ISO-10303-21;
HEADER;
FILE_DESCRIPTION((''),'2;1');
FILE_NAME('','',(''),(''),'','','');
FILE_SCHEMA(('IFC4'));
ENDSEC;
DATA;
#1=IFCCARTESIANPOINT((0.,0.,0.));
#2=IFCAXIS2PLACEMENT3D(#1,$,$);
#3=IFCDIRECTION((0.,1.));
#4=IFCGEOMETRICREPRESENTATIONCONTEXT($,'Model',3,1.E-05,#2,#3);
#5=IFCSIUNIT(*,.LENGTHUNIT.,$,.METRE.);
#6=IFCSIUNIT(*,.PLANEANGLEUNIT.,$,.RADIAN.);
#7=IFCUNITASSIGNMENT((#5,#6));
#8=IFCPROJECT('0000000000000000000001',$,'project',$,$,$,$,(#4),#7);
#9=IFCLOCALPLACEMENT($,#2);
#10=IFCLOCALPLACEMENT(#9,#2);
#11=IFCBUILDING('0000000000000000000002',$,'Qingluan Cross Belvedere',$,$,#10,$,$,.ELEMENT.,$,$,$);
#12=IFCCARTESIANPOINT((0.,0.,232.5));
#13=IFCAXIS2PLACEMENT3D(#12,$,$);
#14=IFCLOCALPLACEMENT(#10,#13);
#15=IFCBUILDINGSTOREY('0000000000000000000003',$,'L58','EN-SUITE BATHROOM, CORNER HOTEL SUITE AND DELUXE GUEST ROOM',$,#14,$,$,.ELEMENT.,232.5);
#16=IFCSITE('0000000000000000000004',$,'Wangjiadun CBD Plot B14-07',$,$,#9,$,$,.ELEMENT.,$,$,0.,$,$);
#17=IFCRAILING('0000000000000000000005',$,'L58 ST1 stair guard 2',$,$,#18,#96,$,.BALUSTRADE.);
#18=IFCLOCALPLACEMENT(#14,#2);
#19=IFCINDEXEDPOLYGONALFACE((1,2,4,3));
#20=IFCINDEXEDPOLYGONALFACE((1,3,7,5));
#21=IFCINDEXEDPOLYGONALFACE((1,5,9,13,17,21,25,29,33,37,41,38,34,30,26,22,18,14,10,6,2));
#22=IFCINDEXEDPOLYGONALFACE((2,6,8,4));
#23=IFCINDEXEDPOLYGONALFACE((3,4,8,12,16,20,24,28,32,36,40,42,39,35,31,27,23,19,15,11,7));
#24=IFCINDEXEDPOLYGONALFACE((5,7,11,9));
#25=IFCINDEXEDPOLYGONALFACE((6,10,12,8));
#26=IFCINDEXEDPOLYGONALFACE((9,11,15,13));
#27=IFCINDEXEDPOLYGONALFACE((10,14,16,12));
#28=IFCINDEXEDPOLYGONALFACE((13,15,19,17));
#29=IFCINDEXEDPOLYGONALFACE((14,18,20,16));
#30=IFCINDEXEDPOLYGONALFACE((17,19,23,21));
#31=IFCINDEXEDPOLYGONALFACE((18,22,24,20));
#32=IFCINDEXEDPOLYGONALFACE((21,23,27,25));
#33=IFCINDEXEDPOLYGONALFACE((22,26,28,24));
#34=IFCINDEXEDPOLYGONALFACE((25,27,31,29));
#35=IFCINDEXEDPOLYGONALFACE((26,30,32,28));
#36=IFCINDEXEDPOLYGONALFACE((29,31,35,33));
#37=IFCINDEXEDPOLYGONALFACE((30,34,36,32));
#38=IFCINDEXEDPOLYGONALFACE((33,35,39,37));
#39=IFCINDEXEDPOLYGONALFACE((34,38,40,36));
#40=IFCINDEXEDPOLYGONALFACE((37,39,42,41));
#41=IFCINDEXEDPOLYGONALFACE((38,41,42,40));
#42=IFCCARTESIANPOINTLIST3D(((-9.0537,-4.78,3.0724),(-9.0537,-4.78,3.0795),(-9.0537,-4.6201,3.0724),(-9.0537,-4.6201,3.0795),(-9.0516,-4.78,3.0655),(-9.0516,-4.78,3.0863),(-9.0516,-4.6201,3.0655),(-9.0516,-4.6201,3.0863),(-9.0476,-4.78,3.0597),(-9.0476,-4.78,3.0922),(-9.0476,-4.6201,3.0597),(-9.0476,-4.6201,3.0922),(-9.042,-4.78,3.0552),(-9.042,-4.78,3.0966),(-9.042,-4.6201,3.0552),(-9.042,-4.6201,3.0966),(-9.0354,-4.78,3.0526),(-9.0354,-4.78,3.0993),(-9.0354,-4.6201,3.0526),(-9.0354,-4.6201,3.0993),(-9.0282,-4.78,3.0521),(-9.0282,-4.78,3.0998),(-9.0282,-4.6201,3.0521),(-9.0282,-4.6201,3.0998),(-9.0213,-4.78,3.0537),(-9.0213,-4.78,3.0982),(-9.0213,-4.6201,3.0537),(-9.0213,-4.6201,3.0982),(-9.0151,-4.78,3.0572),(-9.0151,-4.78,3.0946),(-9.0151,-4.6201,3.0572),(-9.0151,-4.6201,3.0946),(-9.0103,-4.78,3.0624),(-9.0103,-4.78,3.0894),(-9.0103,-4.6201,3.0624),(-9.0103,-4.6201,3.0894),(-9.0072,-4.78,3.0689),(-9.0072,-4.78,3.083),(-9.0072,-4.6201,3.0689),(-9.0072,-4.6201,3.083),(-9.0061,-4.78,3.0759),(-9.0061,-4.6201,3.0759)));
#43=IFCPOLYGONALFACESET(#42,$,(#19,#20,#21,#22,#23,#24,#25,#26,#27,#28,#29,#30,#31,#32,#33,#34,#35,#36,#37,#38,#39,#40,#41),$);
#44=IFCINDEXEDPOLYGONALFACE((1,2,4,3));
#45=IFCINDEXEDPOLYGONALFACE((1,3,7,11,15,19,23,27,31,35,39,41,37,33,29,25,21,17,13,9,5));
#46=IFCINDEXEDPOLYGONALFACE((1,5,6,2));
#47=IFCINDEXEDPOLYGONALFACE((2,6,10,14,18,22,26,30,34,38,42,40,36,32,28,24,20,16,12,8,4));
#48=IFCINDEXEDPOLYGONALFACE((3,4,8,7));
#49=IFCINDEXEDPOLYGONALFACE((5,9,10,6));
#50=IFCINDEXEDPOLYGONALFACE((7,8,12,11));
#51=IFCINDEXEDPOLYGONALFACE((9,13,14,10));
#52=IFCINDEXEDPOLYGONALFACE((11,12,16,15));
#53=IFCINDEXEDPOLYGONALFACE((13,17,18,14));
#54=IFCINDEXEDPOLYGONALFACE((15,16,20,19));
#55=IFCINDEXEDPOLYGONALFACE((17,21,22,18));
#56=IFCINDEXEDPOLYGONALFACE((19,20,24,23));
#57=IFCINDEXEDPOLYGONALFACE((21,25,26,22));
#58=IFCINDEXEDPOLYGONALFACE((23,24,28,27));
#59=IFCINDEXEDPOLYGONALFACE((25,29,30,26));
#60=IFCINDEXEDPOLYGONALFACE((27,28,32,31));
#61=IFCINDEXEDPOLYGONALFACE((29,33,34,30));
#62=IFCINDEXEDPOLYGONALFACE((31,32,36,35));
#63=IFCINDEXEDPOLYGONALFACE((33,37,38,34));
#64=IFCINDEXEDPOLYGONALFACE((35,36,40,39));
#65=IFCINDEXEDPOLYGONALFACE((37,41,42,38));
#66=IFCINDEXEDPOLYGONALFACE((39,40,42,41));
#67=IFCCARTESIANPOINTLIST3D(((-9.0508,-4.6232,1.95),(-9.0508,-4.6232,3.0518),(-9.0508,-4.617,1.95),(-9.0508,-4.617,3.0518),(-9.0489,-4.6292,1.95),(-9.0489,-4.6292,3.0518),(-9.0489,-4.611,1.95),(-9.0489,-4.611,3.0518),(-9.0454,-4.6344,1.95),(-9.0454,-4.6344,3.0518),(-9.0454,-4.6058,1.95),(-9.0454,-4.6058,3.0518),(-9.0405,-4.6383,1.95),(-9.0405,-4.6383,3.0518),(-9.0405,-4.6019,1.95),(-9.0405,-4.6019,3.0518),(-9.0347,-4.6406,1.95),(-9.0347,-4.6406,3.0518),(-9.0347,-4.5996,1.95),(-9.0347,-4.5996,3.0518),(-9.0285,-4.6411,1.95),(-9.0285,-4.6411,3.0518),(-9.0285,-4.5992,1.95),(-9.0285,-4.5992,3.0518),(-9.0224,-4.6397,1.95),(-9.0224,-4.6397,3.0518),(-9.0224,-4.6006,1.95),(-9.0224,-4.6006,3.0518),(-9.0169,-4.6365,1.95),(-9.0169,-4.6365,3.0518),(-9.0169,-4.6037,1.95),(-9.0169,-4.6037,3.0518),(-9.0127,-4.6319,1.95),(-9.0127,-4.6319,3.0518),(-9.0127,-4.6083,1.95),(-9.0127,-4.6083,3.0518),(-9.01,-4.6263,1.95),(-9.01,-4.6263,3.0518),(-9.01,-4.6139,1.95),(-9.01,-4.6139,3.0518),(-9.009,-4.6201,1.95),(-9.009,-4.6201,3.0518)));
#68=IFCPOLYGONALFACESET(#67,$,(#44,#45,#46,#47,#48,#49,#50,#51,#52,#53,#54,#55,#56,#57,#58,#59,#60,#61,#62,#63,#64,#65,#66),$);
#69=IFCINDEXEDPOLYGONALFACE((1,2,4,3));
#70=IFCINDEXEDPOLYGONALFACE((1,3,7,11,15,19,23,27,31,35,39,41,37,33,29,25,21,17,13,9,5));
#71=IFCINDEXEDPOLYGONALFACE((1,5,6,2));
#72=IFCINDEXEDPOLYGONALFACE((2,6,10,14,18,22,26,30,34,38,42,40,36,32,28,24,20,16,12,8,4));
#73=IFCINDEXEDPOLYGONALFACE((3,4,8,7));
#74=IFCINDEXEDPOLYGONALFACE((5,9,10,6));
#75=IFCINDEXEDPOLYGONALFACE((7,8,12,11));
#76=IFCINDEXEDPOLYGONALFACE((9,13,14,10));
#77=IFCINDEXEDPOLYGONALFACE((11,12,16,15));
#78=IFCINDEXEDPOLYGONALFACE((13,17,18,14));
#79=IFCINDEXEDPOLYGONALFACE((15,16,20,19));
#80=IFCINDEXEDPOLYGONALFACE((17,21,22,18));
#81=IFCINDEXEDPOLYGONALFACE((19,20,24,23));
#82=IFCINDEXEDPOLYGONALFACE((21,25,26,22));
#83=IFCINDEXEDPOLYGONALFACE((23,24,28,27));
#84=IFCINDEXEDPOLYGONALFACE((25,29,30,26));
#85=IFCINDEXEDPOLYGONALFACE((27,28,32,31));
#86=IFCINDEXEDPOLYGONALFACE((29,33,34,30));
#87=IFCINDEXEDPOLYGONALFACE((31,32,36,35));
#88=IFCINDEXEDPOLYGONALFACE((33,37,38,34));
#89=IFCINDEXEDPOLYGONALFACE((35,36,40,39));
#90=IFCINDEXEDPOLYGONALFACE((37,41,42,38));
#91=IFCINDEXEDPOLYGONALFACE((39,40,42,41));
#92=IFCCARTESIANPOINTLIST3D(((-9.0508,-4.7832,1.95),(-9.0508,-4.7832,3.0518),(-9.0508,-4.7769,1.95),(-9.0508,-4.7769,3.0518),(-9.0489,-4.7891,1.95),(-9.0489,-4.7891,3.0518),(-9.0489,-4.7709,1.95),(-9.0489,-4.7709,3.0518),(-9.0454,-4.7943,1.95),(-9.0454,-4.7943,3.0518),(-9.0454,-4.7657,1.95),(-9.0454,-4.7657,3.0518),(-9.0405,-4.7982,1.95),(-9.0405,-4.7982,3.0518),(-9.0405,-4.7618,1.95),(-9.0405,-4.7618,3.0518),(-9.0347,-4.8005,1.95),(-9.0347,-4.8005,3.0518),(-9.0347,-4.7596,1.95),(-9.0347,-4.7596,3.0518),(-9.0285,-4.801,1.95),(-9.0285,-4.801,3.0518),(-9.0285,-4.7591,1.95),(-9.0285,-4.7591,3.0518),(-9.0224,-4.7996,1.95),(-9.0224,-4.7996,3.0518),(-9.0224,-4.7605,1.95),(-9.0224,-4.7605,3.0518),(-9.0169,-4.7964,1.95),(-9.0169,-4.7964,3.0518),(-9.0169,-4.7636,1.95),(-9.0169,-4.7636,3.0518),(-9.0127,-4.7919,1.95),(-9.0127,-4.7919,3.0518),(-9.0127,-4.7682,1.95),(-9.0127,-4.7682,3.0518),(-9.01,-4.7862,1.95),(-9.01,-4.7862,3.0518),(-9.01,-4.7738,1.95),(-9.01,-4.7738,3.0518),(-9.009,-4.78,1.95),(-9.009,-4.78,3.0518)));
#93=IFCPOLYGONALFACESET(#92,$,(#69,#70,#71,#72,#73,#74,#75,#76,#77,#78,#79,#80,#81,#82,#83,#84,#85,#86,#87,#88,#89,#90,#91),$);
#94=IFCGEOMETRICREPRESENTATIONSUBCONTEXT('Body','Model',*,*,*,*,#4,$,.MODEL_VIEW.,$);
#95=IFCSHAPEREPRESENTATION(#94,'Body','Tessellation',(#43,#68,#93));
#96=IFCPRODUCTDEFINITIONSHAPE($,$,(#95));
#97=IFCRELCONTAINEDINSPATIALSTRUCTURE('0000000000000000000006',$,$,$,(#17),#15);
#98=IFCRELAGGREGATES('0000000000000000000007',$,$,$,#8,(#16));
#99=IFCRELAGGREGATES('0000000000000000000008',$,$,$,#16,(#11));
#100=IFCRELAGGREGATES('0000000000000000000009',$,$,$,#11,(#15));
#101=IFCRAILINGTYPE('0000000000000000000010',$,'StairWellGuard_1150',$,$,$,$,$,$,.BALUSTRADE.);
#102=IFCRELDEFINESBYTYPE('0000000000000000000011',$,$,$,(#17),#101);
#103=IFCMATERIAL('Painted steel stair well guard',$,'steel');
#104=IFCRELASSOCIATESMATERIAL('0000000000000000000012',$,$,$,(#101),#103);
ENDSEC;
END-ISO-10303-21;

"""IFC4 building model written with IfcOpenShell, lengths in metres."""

from ifc_helpers import new_model, si_unit, direction, frame, origin, origin_2d, place, context, subcontext, project, spatial, circle, extrude, material, type_object, element, save


model = new_model("IFC4")

# Units and contexts
model_context = context("Model", 3, precision=1e-05, world=origin(), true_north=direction((0.0, 1.0)))
body_context = subcontext(model_context, "Body", "Model", "MODEL_VIEW")
ifc_project = project(units=[si_unit("LENGTHUNIT", "METRE"), si_unit("PLANEANGLEUNIT", "RADIAN")], contexts=[model_context])

# Site, building, storey
site_placement = place(None, origin())
site = spatial("IfcSite", under=ifc_project, at=site_placement, Name="Wangjiadun CBD Plot B14-07", CompositionType="ELEMENT", RefElevation=0.0)
building_placement = place(site_placement, origin())
building = spatial("IfcBuilding", under=site, at=building_placement, Name="Qingluan Cross Belvedere", CompositionType="ELEMENT")
storey_placement = place(building_placement, frame((0.0, 0.0, 232.5)))
storey = spatial("IfcBuildingStorey", under=building, at=storey_placement, Name="L58", Description="EN-SUITE BATHROOM, CORNER HOTEL SUITE AND DELUXE GUEST ROOM", CompositionType="ELEMENT", Elevation=232.5)

# Railing
ifc_material_1 = material(Name="Painted steel stair well guard", Category="steel")
railing_type_1 = type_object("IfcRailingType", Name="StairWellGuard_1150", PredefinedType="BALUSTRADE", material=ifc_material_1)
railing_1_placement = place(storey_placement, frame((-9.03, -4.6201, 1.95)))
element("IfcRailing", 1, at=railing_1_placement, inside=storey, type_object=railing_type_1, Name="L58 ST1 stair guard 2", PredefinedType="BALUSTRADE", context=body_context, shape_type="SweptSolid", body=[
    extrude(circle(Radius=0.0239, at=origin_2d()), frame((0.0, 0.0, 1.126), z_axis=(0.0, -1.0, 0.0), x_axis=(1.0, 0.0, 0.0)), (0.0, 0.0, 1.0), 0.1599),
    extrude(circle(Radius=0.021, at=origin_2d()), origin(), (0.0, 0.0, 1.0), 1.1018),
    extrude(circle(Radius=0.021, at=origin_2d()), frame((0.0, -0.1599, 0.0)), (0.0, 0.0, 1.0), 1.1018),
])

save(model, "model.ifc")
